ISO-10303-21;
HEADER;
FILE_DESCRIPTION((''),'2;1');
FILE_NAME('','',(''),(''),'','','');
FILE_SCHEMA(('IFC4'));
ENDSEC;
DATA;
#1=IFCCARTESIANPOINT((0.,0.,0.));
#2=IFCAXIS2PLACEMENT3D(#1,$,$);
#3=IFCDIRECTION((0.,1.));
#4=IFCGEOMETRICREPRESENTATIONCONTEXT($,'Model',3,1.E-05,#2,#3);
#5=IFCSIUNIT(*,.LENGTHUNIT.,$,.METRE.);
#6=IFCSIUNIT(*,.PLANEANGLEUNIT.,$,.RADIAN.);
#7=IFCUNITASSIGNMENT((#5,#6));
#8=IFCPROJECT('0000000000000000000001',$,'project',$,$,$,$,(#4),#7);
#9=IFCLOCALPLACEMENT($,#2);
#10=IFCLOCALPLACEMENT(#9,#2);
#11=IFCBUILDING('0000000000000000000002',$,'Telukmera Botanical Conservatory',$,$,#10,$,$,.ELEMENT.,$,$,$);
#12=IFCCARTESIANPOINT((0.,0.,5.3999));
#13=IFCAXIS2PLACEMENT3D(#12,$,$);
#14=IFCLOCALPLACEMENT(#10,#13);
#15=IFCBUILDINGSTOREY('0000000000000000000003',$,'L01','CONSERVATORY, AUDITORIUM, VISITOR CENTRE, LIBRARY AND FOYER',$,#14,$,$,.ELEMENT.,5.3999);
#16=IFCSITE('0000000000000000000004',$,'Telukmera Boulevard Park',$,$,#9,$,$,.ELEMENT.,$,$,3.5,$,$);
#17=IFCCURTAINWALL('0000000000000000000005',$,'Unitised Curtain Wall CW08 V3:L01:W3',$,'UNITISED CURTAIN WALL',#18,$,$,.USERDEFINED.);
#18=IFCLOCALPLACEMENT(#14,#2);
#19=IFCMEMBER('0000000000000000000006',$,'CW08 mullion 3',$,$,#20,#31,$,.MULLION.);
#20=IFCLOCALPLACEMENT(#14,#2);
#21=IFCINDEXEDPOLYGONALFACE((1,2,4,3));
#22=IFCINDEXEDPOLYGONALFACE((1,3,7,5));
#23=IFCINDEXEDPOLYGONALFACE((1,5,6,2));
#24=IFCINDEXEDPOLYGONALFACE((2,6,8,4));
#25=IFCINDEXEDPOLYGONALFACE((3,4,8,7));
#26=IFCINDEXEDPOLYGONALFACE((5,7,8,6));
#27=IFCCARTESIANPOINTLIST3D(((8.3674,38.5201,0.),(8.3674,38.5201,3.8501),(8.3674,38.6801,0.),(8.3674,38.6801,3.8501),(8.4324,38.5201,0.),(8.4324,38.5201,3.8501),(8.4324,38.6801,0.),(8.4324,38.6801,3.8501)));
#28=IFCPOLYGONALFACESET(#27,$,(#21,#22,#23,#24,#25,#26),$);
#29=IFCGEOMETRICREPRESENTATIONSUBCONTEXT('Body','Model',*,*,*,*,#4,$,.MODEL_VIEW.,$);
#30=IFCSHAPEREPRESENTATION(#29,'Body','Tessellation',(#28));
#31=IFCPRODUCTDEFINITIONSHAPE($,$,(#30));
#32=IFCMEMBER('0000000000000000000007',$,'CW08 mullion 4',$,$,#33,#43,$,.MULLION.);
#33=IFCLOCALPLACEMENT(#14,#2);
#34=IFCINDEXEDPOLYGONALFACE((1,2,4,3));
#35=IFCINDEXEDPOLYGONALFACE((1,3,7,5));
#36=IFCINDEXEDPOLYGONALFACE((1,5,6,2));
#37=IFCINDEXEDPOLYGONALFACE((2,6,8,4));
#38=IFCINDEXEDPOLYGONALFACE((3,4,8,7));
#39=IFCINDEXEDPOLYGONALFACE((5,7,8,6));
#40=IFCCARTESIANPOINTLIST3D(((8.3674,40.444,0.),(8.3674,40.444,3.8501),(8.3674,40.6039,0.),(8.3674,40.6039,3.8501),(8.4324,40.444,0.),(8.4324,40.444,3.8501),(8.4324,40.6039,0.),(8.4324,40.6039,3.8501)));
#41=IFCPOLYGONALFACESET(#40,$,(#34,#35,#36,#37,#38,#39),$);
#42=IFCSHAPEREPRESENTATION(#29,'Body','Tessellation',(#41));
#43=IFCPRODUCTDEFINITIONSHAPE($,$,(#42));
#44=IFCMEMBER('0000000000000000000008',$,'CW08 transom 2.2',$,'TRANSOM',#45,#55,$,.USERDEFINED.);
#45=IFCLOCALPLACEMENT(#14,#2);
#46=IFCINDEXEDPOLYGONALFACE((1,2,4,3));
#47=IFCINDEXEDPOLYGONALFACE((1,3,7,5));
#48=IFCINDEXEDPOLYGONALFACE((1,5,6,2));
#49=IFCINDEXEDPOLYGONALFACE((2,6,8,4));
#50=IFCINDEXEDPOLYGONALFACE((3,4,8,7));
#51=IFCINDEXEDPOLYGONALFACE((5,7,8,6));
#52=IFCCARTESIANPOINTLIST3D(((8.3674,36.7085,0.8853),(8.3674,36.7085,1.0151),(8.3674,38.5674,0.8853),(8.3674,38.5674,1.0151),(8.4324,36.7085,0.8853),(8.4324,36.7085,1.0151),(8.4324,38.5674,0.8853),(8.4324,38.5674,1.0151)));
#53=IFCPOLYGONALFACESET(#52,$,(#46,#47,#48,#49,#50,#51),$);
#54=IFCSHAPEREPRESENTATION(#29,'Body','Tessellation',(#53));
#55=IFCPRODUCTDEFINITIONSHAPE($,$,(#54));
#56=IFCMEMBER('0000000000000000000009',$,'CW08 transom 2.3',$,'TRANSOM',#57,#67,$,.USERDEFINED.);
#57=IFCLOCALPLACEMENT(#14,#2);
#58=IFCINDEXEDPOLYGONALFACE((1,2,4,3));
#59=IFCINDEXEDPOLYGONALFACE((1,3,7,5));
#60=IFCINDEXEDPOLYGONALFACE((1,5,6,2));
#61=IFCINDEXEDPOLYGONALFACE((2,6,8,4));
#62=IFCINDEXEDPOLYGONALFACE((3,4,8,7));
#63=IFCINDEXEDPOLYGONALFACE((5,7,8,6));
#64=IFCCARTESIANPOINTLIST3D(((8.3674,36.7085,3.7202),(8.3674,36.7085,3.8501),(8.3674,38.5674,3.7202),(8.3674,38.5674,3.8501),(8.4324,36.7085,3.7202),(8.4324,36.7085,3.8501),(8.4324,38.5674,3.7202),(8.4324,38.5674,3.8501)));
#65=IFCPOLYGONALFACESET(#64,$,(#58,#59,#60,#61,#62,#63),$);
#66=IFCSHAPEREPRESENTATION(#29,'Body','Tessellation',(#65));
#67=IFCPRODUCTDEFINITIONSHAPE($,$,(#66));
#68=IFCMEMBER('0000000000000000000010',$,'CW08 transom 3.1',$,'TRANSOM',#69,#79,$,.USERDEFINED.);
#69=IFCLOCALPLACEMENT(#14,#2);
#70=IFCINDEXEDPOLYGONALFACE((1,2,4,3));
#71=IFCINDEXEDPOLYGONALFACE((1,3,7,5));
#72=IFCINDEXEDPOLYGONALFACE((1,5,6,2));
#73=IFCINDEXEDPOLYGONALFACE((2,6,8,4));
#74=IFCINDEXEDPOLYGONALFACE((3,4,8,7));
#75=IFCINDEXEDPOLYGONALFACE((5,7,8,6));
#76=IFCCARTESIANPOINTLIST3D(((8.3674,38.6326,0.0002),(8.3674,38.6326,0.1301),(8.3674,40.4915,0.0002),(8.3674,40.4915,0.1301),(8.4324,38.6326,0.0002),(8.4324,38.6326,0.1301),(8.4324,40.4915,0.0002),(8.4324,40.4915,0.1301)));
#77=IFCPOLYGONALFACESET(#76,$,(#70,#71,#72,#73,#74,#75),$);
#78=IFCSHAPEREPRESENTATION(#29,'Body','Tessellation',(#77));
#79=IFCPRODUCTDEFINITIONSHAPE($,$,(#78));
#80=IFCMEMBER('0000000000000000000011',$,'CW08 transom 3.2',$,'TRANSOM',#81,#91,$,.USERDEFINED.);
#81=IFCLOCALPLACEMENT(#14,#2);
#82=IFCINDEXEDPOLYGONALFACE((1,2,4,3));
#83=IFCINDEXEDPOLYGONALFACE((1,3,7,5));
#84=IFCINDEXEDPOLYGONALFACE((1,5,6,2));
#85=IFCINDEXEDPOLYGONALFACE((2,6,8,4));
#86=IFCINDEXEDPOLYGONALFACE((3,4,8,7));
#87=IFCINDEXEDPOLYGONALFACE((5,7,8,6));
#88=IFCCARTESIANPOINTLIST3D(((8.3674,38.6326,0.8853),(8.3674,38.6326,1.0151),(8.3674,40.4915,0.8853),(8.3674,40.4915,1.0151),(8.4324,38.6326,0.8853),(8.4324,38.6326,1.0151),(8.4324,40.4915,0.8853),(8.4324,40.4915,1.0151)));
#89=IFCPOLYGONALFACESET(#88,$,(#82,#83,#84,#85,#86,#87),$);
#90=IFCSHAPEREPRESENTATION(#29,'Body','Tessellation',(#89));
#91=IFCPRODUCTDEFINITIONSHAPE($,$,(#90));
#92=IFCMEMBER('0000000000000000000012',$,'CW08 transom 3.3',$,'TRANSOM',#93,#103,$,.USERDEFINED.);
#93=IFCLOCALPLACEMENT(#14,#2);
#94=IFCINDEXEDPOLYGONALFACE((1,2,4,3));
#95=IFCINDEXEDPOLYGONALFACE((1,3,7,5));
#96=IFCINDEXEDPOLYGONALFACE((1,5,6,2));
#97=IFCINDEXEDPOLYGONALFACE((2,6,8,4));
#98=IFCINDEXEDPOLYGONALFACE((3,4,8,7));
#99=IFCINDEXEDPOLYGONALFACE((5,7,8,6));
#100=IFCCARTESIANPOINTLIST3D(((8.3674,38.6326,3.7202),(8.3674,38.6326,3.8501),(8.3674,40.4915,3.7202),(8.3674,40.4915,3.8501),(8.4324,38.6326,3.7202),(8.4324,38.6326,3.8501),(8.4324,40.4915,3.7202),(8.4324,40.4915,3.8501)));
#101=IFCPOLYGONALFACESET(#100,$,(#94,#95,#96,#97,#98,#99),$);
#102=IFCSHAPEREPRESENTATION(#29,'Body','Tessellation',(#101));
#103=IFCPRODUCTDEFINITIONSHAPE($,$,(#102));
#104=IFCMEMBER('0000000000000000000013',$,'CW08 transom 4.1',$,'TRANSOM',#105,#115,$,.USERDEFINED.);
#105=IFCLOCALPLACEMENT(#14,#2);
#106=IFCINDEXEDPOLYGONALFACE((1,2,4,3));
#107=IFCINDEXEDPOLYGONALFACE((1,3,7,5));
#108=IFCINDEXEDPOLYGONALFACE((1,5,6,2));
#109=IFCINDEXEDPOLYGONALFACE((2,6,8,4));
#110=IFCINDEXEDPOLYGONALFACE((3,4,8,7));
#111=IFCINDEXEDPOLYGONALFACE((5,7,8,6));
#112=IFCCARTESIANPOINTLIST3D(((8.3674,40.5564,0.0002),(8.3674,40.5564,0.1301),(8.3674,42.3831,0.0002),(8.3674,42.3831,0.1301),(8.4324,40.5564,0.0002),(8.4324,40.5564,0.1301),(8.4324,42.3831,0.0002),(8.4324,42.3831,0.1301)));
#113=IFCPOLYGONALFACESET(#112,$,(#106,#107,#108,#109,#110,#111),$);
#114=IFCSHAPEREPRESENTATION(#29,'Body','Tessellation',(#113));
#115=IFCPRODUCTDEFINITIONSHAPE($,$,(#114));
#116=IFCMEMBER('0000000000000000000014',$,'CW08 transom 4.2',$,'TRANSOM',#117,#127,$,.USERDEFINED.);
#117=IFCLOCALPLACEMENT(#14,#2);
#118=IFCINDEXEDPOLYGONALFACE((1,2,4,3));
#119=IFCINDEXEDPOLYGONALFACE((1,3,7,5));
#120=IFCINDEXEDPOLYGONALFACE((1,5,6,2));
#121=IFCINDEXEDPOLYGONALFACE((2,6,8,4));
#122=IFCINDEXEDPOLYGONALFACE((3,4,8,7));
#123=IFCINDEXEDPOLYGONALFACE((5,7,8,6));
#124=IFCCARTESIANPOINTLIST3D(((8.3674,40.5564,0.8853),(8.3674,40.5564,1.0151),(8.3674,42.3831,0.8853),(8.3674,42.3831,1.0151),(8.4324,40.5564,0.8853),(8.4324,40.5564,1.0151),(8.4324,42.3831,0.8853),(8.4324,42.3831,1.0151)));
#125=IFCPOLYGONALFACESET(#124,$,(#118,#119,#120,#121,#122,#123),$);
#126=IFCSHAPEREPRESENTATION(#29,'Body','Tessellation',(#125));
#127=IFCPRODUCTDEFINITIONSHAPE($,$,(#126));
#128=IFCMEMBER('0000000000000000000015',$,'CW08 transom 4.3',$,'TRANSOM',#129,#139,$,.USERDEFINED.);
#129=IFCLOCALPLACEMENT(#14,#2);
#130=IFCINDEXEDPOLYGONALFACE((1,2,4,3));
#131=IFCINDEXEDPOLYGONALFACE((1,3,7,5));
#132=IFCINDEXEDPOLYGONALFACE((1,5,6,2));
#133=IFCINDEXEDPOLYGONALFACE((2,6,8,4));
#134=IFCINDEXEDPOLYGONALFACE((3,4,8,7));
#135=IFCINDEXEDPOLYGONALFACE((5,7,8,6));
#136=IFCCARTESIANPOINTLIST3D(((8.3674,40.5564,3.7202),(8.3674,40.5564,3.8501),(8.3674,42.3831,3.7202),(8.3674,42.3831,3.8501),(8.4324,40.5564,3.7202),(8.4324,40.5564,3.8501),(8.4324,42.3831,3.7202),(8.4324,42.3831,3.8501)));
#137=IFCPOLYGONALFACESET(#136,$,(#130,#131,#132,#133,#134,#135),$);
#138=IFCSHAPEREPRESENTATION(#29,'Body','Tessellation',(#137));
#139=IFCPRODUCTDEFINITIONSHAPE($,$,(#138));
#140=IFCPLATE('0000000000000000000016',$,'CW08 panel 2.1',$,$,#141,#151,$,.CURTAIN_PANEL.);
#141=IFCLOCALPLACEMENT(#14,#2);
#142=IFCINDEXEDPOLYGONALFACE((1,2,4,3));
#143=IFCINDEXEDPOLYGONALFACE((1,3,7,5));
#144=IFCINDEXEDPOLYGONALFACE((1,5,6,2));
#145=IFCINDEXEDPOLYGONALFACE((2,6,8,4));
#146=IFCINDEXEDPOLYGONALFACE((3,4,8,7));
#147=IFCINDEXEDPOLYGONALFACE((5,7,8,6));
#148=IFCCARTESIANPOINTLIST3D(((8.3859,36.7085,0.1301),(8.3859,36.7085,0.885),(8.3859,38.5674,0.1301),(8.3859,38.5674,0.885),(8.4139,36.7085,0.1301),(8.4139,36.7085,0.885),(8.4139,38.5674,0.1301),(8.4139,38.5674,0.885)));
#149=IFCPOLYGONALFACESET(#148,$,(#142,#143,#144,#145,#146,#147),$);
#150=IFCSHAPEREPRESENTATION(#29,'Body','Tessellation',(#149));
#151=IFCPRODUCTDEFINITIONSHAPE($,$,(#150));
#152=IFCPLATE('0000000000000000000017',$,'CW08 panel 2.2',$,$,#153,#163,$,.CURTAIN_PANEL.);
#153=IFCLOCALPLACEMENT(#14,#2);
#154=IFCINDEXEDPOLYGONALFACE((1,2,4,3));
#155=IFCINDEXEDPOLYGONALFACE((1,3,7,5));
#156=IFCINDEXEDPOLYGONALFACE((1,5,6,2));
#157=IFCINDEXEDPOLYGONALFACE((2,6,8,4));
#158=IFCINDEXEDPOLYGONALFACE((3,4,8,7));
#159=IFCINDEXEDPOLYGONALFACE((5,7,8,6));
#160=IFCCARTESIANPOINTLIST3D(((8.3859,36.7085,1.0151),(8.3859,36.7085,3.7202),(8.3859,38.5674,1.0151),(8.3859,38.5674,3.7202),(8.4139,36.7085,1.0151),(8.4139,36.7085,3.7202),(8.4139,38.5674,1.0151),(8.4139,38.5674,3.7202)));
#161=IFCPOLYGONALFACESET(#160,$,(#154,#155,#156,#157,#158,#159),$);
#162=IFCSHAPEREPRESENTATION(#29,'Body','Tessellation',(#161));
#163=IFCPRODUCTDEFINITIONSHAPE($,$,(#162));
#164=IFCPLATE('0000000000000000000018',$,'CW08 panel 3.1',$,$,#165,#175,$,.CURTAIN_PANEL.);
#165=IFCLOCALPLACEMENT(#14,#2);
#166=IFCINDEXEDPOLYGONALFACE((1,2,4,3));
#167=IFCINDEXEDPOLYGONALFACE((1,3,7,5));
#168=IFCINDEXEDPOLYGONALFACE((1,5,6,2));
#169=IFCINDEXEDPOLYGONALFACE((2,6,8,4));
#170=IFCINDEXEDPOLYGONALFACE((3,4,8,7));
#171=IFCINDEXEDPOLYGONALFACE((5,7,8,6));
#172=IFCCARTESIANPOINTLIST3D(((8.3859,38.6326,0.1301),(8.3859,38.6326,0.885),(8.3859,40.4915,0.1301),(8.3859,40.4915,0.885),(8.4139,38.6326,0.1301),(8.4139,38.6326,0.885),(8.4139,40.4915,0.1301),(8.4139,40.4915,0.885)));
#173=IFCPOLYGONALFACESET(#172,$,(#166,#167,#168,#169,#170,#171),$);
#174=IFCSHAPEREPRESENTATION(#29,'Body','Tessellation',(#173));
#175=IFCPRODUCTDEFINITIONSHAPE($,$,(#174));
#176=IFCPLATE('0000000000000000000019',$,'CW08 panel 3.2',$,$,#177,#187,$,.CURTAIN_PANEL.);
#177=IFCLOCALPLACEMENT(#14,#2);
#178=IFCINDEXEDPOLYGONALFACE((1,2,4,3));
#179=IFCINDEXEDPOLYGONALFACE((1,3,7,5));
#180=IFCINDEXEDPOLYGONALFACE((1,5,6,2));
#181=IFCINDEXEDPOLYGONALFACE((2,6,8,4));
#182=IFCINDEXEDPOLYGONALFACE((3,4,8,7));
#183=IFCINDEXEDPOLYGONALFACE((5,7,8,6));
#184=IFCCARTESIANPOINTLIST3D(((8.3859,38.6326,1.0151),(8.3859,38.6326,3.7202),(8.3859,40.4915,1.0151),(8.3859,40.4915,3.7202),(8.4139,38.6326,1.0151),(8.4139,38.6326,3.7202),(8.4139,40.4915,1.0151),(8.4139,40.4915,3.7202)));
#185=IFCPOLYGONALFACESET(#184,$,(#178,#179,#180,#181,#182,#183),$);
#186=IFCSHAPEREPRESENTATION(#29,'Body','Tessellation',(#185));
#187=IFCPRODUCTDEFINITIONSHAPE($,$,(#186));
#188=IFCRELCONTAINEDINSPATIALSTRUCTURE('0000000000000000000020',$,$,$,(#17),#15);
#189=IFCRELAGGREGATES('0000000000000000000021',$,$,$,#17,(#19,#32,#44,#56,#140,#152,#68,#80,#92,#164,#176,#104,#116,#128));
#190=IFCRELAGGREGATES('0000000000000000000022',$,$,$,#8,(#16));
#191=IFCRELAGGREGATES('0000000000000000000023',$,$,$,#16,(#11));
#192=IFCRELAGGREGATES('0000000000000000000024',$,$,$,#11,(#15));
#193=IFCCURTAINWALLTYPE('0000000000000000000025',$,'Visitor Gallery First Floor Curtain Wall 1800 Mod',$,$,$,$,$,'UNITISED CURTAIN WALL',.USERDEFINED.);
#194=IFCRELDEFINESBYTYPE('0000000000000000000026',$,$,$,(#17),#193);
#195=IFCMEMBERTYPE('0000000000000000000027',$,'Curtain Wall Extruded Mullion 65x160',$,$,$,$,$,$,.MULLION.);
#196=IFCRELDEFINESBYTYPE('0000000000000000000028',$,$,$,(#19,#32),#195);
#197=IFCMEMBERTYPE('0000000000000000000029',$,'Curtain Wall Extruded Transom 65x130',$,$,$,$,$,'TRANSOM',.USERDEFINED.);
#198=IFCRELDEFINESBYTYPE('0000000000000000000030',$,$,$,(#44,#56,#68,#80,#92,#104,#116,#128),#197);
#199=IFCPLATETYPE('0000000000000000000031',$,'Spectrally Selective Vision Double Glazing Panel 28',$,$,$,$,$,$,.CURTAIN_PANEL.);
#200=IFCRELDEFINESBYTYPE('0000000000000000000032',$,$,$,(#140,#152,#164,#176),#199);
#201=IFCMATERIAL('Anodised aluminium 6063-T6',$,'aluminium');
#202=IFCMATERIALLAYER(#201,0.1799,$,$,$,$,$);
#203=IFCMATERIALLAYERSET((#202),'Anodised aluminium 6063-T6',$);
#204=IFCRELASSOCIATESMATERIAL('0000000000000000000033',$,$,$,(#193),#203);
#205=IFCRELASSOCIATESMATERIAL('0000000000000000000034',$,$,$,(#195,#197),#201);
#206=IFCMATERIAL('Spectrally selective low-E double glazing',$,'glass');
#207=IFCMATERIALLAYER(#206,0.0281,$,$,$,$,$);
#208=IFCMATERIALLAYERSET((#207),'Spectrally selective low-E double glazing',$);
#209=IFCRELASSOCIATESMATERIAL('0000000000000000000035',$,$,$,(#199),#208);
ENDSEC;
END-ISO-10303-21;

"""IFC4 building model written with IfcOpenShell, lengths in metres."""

from ifc_helpers import new_model, si_unit, direction, frame, origin, origin_2d, place, context, subcontext, project, spatial, rectangle, extrude, material, layer, layer_set, material_profile, profile_set, type_object, element, aggregate, save


model = new_model("IFC4")

# Units and contexts
model_context = context("Model", 3, precision=1e-05, world=origin(), true_north=direction((0.0, 1.0)))
body_context = subcontext(model_context, "Body", "Model", "MODEL_VIEW")
ifc_project = project(units=[si_unit("LENGTHUNIT", "METRE"), si_unit("PLANEANGLEUNIT", "RADIAN")], contexts=[model_context])

# Site, building, storey
site_placement = place(None, origin())
site = spatial("IfcSite", under=ifc_project, at=site_placement, Name="Telukmera Boulevard Park", CompositionType="ELEMENT", RefElevation=3.5)
building_placement = place(site_placement, origin())
building = spatial("IfcBuilding", under=site, at=building_placement, Name="Telukmera Botanical Conservatory", CompositionType="ELEMENT")
storey_placement = place(building_placement, frame((0.0, 0.0, 5.3999)))
storey = spatial("IfcBuildingStorey", under=building, at=storey_placement, Name="L01", Description="CONSERVATORY, AUDITORIUM, VISITOR CENTRE, LIBRARY AND FOYER", CompositionType="ELEMENT", Elevation=5.3999)

# Curtain wall, members, plates
ifc_material_1 = material(Name="Anodised aluminium 6063-T6", Category="aluminium")
ifc_layer_1 = layer(ifc_material_1, 0.1799)
ifc_layer_set_1 = layer_set([ifc_layer_1], Name="Anodised aluminium 6063-T6")
curtain_wall_type = type_object("IfcCurtainWallType", Name="Visitor Gallery First Floor Curtain Wall 1800 Mod", ElementType="UNITISED CURTAIN WALL", PredefinedType="USERDEFINED", material=ifc_layer_set_1)
curtain_wall_placement = place(storey_placement, origin())
curtain_wall = element("IfcCurtainWall", 1, at=curtain_wall_placement, inside=storey, type_object=curtain_wall_type, Name="Unitised Curtain Wall CW08 V3:L01:W3", ObjectType="UNITISED CURTAIN WALL", PredefinedType="USERDEFINED")
ifc_material_profile_1 = material_profile(ifc_material_1, rectangle(XDim=0.0649, YDim=0.1599, at=origin_2d()), Name="ALU MULL 65x160")
ifc_profile_set_1 = profile_set([ifc_material_profile_1], Name="Anodised aluminium 6063-T6")
member_type_1 = type_object("IfcMemberType", Name="Curtain Wall Extruded Mullion 65x160", PredefinedType="MULLION", material=ifc_profile_set_1)
member_1_placement = place(storey_placement, frame((8.3999, 38.6001, 0.0), z_axis=(0.0, 0.0, 1.0), x_axis=(-1.0, 0.0, 0.0)))
member_1 = element("IfcMember", 2, at=member_1_placement, type_object=member_type_1, Name="CW08 mullion 3", PredefinedType="MULLION", context=body_context, shape_type="SweptSolid", body=[
    extrude(rectangle(XDim=0.0649, YDim=0.1599, at=origin_2d()), origin(), (0.0, 0.0, 1.0), 3.8501),
])
member_2_placement = place(storey_placement, frame((8.3999, 40.5239, 0.0), z_axis=(0.0, 0.0, 1.0), x_axis=(-1.0, 0.0, 0.0)))
member_2 = element("IfcMember", 3, at=member_2_placement, type_object=member_type_1, Name="CW08 mullion 4", PredefinedType="MULLION", context=body_context, shape_type="SweptSolid", body=[
    extrude(rectangle(XDim=0.0649, YDim=0.1599, at=origin_2d()), origin(), (0.0, 0.0, 1.0), 3.8501),
])
ifc_material_profile_2 = material_profile(ifc_material_1, rectangle(XDim=0.0649, YDim=0.1299, at=origin_2d()), Name="ALU TRAN 65x130")
ifc_profile_set_2 = profile_set([ifc_material_profile_2], Name="Anodised aluminium 6063-T6")
member_type_2 = type_object("IfcMemberType", Name="Curtain Wall Extruded Transom 65x130", ElementType="TRANSOM", PredefinedType="USERDEFINED", material=ifc_profile_set_2)
member_3_placement = place(storey_placement, frame((8.3999, 36.7085, 0.9502), z_axis=(0.0, 1.0, 0.0), x_axis=(-1.0, 0.0, 0.0)))
member_3 = element("IfcMember", 4, at=member_3_placement, type_object=member_type_2, Name="CW08 transom 2.2", ObjectType="TRANSOM", PredefinedType="USERDEFINED", context=body_context, shape_type="SweptSolid", body=[
    extrude(rectangle(XDim=0.0649, YDim=0.1299, at=origin_2d()), origin(), (0.0, 0.0, 1.0), 1.8589),
])
member_4_placement = place(storey_placement, frame((8.3999, 36.7085, 3.7852), z_axis=(0.0, 1.0, 0.0), x_axis=(-1.0, 0.0, 0.0)))
member_4 = element("IfcMember", 5, at=member_4_placement, type_object=member_type_2, Name="CW08 transom 2.3", ObjectType="TRANSOM", PredefinedType="USERDEFINED", context=body_context, shape_type="SweptSolid", body=[
    extrude(rectangle(XDim=0.0649, YDim=0.1299, at=origin_2d()), origin(), (0.0, 0.0, 1.0), 1.8589),
])
member_5_placement = place(storey_placement, frame((8.3999, 38.6326, 0.0652), z_axis=(0.0, 1.0, 0.0), x_axis=(-1.0, 0.0, 0.0)))
member_5 = element("IfcMember", 6, at=member_5_placement, type_object=member_type_2, Name="CW08 transom 3.1", ObjectType="TRANSOM", PredefinedType="USERDEFINED", context=body_context, shape_type="SweptSolid", body=[
    extrude(rectangle(XDim=0.0649, YDim=0.1299, at=origin_2d()), origin(), (0.0, 0.0, 1.0), 1.8589),
])
member_6_placement = place(storey_placement, frame((8.3999, 38.6326, 0.9502), z_axis=(0.0, 1.0, 0.0), x_axis=(-1.0, 0.0, 0.0)))
member_6 = element("IfcMember", 7, at=member_6_placement, type_object=member_type_2, Name="CW08 transom 3.2", ObjectType="TRANSOM", PredefinedType="USERDEFINED", context=body_context, shape_type="SweptSolid", body=[
    extrude(rectangle(XDim=0.0649, YDim=0.1299, at=origin_2d()), origin(), (0.0, 0.0, 1.0), 1.8589),
])
member_7_placement = place(storey_placement, frame((8.3999, 38.6326, 3.7852), z_axis=(0.0, 1.0, 0.0), x_axis=(-1.0, 0.0, 0.0)))
member_7 = element("IfcMember", 8, at=member_7_placement, type_object=member_type_2, Name="CW08 transom 3.3", ObjectType="TRANSOM", PredefinedType="USERDEFINED", context=body_context, shape_type="SweptSolid", body=[
    extrude(rectangle(XDim=0.0649, YDim=0.1299, at=origin_2d()), origin(), (0.0, 0.0, 1.0), 1.8589),
])
member_8_placement = place(storey_placement, frame((8.3999, 40.5564, 0.0652), z_axis=(0.0, 1.0, 0.0), x_axis=(-1.0, 0.0, 0.0)))
member_8 = element("IfcMember", 9, at=member_8_placement, type_object=member_type_2, Name="CW08 transom 4.1", ObjectType="TRANSOM", PredefinedType="USERDEFINED", context=body_context, shape_type="SweptSolid", body=[
    extrude(rectangle(XDim=0.0649, YDim=0.1299, at=origin_2d()), origin(), (0.0, 0.0, 1.0), 1.8267),
])
member_9_placement = place(storey_placement, frame((8.3999, 40.5564, 0.9502), z_axis=(0.0, 1.0, 0.0), x_axis=(-1.0, 0.0, 0.0)))
member_9 = element("IfcMember", 10, at=member_9_placement, type_object=member_type_2, Name="CW08 transom 4.2", ObjectType="TRANSOM", PredefinedType="USERDEFINED", context=body_context, shape_type="SweptSolid", body=[
    extrude(rectangle(XDim=0.0649, YDim=0.1299, at=origin_2d()), origin(), (0.0, 0.0, 1.0), 1.8267),
])
member_10_placement = place(storey_placement, frame((8.3999, 40.5564, 3.7852), z_axis=(0.0, 1.0, 0.0), x_axis=(-1.0, 0.0, 0.0)))
member_10 = element("IfcMember", 11, at=member_10_placement, type_object=member_type_2, Name="CW08 transom 4.3", ObjectType="TRANSOM", PredefinedType="USERDEFINED", context=body_context, shape_type="SweptSolid", body=[
    extrude(rectangle(XDim=0.0649, YDim=0.1299, at=origin_2d()), origin(), (0.0, 0.0, 1.0), 1.8267),
])
ifc_material_2 = material(Name="Spectrally selective low-E double glazing", Category="glass")
ifc_layer_2 = layer(ifc_material_2, 0.0281)
ifc_layer_set_2 = layer_set([ifc_layer_2], Name="Spectrally selective low-E double glazing")
plate_type = type_object("IfcPlateType", Name="Spectrally Selective Vision Double Glazing Panel 28", PredefinedType="CURTAIN_PANEL", material=ifc_layer_set_2)
plate_1_placement = place(storey_placement, frame((8.3999, 37.6379, 0.1301), z_axis=(0.0, 0.0, 1.0), x_axis=(0.0, 1.0, 0.0)))
plate_1 = element("IfcPlate", 12, at=plate_1_placement, type_object=plate_type, Name="CW08 panel 2.1", PredefinedType="CURTAIN_PANEL", context=body_context, shape_type="SweptSolid", body=[
    extrude(rectangle(XDim=1.8589, YDim=0.0281, at=origin_2d()), origin(), (0.0, 0.0, 1.0), 0.7549),
])
plate_2_placement = place(storey_placement, frame((8.3999, 37.6379, 1.0151), z_axis=(0.0, 0.0, 1.0), x_axis=(0.0, 1.0, 0.0)))
plate_2 = element("IfcPlate", 13, at=plate_2_placement, type_object=plate_type, Name="CW08 panel 2.2", PredefinedType="CURTAIN_PANEL", context=body_context, shape_type="SweptSolid", body=[
    extrude(rectangle(XDim=1.8589, YDim=0.0281, at=origin_2d()), origin(), (0.0, 0.0, 1.0), 2.7051),
])
plate_3_placement = place(storey_placement, frame((8.3999, 39.562, 0.1301), z_axis=(0.0, 0.0, 1.0), x_axis=(0.0, 1.0, 0.0)))
plate_3 = element("IfcPlate", 14, at=plate_3_placement, type_object=plate_type, Name="CW08 panel 3.1", PredefinedType="CURTAIN_PANEL", context=body_context, shape_type="SweptSolid", body=[
    extrude(rectangle(XDim=1.8589, YDim=0.0281, at=origin_2d()), origin(), (0.0, 0.0, 1.0), 0.7549),
])
plate_4_placement = place(storey_placement, frame((8.3999, 39.562, 1.0151), z_axis=(0.0, 0.0, 1.0), x_axis=(0.0, 1.0, 0.0)))
plate_4 = element("IfcPlate", 15, at=plate_4_placement, type_object=plate_type, Name="CW08 panel 3.2", PredefinedType="CURTAIN_PANEL", context=body_context, shape_type="SweptSolid", body=[
    extrude(rectangle(XDim=1.8589, YDim=0.0281, at=origin_2d()), origin(), (0.0, 0.0, 1.0), 2.7051),
])
aggregate(curtain_wall, [member_1, member_2, member_3, member_4, plate_1, plate_2, member_5, member_6, member_7, plate_3, plate_4, member_8, member_9, member_10])

save(model, "model.ifc")
